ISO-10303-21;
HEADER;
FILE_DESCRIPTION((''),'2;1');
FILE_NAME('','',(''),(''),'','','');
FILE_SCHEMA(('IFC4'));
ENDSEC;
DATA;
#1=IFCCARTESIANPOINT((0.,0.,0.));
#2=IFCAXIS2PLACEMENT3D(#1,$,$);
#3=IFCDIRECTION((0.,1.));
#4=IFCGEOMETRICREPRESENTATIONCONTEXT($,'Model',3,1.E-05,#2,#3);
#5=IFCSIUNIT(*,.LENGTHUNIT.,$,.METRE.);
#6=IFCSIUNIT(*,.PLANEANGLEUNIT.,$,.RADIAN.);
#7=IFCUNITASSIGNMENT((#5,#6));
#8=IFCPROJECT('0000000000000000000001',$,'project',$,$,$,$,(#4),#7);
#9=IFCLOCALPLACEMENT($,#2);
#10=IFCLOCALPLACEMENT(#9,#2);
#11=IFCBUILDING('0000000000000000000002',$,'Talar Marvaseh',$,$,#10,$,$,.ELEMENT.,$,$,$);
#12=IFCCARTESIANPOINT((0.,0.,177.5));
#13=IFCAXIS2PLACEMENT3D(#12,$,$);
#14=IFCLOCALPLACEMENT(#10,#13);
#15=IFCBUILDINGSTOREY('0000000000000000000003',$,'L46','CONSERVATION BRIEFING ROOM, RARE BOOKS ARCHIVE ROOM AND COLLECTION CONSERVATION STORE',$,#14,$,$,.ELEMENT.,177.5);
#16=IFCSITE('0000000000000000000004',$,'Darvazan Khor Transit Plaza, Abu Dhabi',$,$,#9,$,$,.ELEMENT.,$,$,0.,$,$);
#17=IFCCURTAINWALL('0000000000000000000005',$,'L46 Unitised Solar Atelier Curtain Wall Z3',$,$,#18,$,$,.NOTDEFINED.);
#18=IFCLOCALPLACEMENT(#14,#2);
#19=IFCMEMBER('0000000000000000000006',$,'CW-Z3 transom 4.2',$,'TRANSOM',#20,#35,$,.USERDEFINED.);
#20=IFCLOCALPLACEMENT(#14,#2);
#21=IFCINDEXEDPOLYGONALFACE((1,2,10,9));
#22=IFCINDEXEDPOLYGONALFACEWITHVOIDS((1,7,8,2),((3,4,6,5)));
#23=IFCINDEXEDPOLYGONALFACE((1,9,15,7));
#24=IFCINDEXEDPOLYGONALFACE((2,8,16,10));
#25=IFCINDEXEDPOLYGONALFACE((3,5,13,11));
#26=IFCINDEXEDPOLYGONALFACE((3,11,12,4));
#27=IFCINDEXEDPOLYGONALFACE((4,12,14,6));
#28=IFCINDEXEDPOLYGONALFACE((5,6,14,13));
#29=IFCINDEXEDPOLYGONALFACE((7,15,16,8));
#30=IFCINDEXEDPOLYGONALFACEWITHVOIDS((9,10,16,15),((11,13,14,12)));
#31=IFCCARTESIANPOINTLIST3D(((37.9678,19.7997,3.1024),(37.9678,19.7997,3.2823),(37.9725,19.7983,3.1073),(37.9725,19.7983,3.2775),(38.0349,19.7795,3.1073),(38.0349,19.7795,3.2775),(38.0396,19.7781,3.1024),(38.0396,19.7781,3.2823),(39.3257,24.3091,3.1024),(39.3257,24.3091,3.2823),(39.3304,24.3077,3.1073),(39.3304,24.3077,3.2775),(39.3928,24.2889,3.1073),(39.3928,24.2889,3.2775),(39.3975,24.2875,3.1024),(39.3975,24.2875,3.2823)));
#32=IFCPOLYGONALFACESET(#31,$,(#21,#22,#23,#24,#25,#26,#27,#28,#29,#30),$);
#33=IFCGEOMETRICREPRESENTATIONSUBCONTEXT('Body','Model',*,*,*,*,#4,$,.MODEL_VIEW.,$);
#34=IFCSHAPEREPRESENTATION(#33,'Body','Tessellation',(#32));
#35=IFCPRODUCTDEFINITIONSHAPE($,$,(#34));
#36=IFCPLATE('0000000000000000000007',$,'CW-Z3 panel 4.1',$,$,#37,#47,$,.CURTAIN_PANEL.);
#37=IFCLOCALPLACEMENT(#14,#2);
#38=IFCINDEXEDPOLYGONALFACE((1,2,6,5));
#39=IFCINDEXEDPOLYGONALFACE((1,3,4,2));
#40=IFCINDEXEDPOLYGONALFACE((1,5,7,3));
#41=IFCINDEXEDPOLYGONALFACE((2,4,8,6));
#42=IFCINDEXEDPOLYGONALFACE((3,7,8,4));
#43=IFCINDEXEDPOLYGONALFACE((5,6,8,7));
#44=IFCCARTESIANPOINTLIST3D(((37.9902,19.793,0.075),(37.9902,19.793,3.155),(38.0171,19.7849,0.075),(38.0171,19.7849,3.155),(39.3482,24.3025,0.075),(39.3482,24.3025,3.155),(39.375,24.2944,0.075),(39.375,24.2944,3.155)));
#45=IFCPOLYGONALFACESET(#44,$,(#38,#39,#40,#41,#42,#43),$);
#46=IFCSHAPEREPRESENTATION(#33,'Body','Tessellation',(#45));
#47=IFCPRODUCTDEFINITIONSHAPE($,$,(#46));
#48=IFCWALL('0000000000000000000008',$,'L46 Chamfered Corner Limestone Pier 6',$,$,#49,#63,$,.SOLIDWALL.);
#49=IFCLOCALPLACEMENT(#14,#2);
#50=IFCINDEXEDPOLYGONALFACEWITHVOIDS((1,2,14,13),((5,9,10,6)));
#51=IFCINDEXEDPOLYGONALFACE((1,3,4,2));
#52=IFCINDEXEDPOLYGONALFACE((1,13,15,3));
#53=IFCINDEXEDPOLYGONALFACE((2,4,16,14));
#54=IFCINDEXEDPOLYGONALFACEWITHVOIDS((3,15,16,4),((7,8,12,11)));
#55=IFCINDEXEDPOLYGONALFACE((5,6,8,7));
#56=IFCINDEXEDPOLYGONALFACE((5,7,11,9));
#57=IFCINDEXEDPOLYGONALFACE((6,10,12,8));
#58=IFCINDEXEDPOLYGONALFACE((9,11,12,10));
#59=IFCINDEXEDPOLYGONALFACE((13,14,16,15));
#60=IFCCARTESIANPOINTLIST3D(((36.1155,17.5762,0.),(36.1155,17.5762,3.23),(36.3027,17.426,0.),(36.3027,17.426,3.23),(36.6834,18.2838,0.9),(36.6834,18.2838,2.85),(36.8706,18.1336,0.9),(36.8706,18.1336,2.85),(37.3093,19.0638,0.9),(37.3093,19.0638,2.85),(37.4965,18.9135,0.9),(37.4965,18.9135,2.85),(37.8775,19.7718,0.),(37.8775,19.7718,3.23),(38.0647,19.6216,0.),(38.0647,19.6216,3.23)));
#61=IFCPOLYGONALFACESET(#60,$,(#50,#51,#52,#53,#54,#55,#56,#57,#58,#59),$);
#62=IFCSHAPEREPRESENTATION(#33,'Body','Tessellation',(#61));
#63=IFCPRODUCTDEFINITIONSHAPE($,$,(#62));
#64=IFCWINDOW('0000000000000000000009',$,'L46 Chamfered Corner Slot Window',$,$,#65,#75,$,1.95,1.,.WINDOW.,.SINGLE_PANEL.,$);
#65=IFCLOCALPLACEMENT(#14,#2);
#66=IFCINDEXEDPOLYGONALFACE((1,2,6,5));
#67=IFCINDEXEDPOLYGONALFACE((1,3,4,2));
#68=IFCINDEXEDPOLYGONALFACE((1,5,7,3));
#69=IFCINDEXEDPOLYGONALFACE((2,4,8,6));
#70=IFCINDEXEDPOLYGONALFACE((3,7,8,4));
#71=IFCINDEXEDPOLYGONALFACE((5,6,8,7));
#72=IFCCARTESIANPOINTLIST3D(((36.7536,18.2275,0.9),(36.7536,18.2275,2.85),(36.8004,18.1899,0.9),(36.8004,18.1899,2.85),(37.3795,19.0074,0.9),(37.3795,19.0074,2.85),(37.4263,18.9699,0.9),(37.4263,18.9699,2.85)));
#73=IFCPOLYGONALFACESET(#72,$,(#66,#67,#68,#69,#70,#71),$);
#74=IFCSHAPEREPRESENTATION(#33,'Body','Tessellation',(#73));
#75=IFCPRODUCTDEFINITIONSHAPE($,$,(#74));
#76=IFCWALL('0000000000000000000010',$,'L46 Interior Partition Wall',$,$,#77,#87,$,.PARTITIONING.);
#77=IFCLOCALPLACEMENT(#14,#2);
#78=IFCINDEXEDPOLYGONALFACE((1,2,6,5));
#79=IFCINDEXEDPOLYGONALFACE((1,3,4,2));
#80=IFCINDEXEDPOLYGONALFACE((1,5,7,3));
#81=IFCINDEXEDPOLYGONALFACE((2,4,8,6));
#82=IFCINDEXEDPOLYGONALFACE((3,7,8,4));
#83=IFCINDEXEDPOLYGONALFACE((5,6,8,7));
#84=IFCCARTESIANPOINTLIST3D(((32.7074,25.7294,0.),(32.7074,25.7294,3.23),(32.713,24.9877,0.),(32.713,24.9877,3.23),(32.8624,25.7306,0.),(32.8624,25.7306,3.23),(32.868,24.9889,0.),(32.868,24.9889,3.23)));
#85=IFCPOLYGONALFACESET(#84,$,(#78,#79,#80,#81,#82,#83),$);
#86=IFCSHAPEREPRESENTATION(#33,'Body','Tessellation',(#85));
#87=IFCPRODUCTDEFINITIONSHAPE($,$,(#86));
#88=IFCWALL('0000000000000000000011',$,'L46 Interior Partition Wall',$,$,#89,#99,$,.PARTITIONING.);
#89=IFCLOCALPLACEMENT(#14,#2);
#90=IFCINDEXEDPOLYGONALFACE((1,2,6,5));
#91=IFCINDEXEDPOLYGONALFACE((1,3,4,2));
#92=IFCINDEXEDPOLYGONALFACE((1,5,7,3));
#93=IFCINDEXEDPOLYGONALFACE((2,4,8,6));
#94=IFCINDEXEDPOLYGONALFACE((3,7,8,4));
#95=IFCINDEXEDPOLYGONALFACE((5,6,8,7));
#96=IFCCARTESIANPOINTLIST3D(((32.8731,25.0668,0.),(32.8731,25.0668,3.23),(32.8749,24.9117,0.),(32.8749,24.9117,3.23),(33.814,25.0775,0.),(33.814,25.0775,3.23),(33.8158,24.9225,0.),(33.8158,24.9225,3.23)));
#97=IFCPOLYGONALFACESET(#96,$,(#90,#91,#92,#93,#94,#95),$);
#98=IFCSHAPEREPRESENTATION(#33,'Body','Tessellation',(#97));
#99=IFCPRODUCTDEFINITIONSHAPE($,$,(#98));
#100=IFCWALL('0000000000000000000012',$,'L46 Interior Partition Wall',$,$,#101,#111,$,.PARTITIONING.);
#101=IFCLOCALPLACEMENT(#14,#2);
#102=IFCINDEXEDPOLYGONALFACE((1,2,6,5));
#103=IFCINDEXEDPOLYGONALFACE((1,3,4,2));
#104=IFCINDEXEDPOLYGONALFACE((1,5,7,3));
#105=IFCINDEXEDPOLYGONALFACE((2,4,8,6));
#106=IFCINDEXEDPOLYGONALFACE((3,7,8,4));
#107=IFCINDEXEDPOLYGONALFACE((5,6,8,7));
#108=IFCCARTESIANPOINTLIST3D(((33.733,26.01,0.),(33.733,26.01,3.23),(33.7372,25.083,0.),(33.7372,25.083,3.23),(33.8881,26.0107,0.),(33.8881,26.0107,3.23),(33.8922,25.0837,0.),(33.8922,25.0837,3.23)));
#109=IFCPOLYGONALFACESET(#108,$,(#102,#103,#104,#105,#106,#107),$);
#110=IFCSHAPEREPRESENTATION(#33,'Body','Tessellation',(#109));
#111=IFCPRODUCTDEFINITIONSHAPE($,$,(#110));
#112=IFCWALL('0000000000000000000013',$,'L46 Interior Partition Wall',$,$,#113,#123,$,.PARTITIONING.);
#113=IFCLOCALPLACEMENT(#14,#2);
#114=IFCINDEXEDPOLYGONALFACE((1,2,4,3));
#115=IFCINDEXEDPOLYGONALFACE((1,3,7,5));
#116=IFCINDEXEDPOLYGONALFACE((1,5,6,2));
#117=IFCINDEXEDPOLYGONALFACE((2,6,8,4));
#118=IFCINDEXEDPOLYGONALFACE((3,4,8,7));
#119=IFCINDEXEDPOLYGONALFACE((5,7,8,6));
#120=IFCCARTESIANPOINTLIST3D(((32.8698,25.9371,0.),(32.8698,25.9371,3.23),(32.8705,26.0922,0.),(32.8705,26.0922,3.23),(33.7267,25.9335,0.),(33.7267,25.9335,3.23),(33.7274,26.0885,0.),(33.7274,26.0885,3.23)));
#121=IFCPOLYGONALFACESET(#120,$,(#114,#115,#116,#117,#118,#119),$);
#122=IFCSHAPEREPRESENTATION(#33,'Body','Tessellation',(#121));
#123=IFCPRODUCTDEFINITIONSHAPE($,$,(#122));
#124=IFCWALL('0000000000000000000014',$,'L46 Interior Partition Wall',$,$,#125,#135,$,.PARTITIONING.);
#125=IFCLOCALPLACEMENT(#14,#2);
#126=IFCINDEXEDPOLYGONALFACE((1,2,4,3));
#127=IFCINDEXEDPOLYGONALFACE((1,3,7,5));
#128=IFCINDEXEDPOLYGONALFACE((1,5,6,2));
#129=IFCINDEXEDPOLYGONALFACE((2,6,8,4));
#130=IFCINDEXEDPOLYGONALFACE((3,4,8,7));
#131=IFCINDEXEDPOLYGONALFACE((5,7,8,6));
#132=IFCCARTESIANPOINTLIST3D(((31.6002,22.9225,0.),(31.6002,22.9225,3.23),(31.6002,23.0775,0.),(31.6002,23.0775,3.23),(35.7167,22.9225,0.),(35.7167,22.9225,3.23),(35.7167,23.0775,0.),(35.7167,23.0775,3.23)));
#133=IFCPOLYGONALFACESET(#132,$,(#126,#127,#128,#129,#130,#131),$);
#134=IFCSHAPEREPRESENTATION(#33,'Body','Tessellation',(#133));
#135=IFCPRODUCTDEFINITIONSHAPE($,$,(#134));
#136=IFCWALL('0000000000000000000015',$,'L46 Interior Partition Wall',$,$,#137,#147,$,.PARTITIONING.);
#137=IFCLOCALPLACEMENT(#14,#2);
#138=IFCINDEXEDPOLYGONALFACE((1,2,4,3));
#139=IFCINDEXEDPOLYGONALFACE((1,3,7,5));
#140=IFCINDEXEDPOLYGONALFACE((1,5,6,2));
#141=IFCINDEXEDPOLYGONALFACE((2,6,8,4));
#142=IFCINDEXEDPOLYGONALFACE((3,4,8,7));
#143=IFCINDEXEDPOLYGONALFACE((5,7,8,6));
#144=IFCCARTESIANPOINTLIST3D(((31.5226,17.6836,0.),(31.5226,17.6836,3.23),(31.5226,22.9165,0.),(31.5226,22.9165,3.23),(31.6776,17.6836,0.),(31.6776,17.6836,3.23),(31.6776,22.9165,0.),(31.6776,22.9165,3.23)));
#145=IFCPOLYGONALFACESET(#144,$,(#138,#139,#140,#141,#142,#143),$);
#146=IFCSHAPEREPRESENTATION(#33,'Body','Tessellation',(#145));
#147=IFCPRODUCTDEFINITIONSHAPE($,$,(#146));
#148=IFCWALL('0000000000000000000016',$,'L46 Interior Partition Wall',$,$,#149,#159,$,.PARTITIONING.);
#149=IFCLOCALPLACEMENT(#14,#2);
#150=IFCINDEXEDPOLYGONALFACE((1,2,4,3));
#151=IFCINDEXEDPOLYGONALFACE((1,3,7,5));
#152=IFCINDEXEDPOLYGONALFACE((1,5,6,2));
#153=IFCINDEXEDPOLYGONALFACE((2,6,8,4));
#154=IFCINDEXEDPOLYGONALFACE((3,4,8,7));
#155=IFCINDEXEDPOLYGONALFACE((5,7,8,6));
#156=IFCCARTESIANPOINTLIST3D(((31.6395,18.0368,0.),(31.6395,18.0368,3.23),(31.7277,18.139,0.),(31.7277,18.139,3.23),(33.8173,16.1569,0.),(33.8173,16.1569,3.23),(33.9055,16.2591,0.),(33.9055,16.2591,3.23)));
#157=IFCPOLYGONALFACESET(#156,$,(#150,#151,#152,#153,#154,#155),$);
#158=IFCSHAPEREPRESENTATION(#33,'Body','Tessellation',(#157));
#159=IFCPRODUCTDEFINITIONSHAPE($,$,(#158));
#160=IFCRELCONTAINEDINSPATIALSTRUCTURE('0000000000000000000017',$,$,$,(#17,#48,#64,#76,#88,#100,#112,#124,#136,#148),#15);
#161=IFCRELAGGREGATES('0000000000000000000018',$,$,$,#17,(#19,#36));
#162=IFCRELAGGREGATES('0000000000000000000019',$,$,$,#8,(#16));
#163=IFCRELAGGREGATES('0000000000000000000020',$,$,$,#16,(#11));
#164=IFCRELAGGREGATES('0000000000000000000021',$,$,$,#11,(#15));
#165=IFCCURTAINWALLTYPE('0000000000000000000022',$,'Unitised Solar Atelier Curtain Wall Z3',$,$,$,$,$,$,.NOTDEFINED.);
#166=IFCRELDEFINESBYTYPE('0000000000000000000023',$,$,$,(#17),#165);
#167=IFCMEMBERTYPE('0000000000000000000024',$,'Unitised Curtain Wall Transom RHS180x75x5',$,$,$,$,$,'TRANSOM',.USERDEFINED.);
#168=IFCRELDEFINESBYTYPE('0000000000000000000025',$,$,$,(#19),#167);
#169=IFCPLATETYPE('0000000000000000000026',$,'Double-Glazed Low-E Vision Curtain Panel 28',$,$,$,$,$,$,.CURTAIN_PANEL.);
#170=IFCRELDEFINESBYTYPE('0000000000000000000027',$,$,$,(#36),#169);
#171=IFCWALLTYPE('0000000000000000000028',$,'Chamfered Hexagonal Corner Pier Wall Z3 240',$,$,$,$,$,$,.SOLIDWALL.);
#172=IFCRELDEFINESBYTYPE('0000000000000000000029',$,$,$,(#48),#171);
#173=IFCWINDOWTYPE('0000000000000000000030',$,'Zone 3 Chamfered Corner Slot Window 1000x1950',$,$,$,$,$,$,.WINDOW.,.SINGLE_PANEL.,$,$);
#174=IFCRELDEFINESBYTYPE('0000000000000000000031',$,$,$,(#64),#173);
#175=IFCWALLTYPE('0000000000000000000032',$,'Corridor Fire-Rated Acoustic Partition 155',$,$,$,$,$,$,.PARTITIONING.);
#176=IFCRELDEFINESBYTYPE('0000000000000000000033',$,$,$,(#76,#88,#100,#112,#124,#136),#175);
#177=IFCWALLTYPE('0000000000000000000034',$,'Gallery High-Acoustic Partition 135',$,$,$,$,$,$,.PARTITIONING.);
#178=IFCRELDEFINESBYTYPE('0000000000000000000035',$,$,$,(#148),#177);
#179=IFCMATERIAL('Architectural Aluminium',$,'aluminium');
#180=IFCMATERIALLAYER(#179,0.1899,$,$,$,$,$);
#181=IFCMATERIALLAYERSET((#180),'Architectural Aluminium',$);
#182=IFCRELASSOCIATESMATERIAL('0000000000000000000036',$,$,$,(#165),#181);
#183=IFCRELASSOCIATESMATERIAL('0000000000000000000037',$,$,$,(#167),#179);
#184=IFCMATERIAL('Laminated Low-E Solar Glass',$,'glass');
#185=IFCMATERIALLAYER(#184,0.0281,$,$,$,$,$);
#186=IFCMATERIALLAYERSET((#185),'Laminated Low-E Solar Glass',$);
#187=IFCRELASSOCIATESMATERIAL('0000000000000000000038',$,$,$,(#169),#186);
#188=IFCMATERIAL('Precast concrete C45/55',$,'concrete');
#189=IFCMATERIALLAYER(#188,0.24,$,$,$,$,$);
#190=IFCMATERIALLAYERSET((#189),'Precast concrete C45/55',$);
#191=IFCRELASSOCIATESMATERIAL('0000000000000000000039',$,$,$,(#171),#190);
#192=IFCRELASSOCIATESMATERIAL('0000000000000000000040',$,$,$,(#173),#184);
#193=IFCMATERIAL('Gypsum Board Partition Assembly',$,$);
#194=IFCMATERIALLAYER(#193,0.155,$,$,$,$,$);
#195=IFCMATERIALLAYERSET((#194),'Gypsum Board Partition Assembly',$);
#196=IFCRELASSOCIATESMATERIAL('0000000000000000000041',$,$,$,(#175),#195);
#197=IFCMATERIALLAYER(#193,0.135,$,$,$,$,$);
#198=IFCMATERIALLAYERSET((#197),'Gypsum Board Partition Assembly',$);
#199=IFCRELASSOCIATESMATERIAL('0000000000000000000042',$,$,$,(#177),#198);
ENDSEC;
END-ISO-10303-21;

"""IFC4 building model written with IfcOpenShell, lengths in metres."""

from ifc_helpers import new_model, si_unit, direction, frame, frame_2d, origin, origin_2d, place, context, subcontext, project, spatial, rectangle, hollow_rectangle, extrude, source, transform, mapped, material, layer, layer_set, material_profile, profile_set, type_object, type_shapes, element, fill, aggregate, save


model = new_model("IFC4")

# Units and contexts
model_context = context("Model", 3, precision=1e-05, world=origin(), true_north=direction((0.0, 1.0)))
body_context = subcontext(model_context, "Body", "Model", "MODEL_VIEW")
ifc_project = project(units=[si_unit("LENGTHUNIT", "METRE"), si_unit("PLANEANGLEUNIT", "RADIAN")], contexts=[model_context])

# Site, building, storey
site_placement = place(None, origin())
site = spatial("IfcSite", under=ifc_project, at=site_placement, Name="Darvazan Khor Transit Plaza, Abu Dhabi", CompositionType="ELEMENT", RefElevation=0.0)
building_placement = place(site_placement, origin())
building = spatial("IfcBuilding", under=site, at=building_placement, Name="Talar Marvaseh", CompositionType="ELEMENT")
storey_placement = place(building_placement, frame((0.0, 0.0, 177.5)))
storey = spatial("IfcBuildingStorey", under=building, at=storey_placement, Name="L46", Description="CONSERVATION BRIEFING ROOM, RARE BOOKS ARCHIVE ROOM AND COLLECTION CONSERVATION STORE", CompositionType="ELEMENT", Elevation=177.5)

# Curtain wall, member, plate
ifc_material_1 = material(Name="Architectural Aluminium", Category="aluminium")
ifc_layer_1 = layer(ifc_material_1, 0.1899)
ifc_layer_set_1 = layer_set([ifc_layer_1], Name="Architectural Aluminium")
curtain_wall_type = type_object("IfcCurtainWallType", Name="Unitised Solar Atelier Curtain Wall Z3", PredefinedType="NOTDEFINED", material=ifc_layer_set_1)
curtain_wall_placement = place(storey_placement, origin())
curtain_wall = element("IfcCurtainWall", 1, at=curtain_wall_placement, inside=storey, type_object=curtain_wall_type, Name="L46 Unitised Solar Atelier Curtain Wall Z3", PredefinedType="NOTDEFINED")
ifc_material_profile_1 = material_profile(ifc_material_1, hollow_rectangle(XDim=0.075, YDim=0.1799, WallThickness=0.0049, at=origin_2d()), Name="RHS180x75x5")
ifc_profile_set_1 = profile_set([ifc_material_profile_1], Name="Architectural Aluminium")
member_type_1 = type_object("IfcMemberType", Name="Unitised Curtain Wall Transom RHS180x75x5", ElementType="TRANSOM", PredefinedType="USERDEFINED", material=ifc_profile_set_1)
shared_shape_1 = source(origin(), body_context, "Body", "SweptSolid", [
    extrude(hollow_rectangle(XDim=0.075, YDim=0.1799, WallThickness=0.0049, at=origin_2d()), origin(), (0.0, 0.0, 1.0), 4.7095),
])
type_shapes(member_type_1, [shared_shape_1])
member_1_placement = place(storey_placement, frame((39.3616, 24.2983, 3.1924), z_axis=(-0.288332, -0.95753, 0.0), x_axis=(0.95753, -0.288332, 0.0)))
member_1 = element("IfcMember", 2, at=member_1_placement, type_object=member_type_1, Name="CW-Z3 transom 4.2", ObjectType="TRANSOM", PredefinedType="USERDEFINED", context=body_context, shape_type="MappedRepresentation", body=[
    mapped(shared_shape_1, transform((0.0, 0.0, 0.0), x_axis=(1.0, 0.0, 0.0), y_axis=(0.0, 1.0, 0.0), z_axis=(0.0, 0.0, 1.0), scale=1.0)),
])
ifc_material_2 = material(Name="Laminated Low-E Solar Glass", Category="glass")
ifc_layer_2 = layer(ifc_material_2, 0.0281)
ifc_layer_set_2 = layer_set([ifc_layer_2], Name="Laminated Low-E Solar Glass")
plate_type = type_object("IfcPlateType", Name="Double-Glazed Low-E Vision Curtain Panel 28", PredefinedType="CURTAIN_PANEL", material=ifc_layer_set_2)
shared_shape_2 = source(origin(), body_context, "Body", "SweptSolid", [
    extrude(rectangle(XDim=4.7095, YDim=0.0281, at=origin_2d()), origin(), (0.0, 0.0, 1.0), 3.0801),
])
type_shapes(plate_type, [shared_shape_2])
plate_placement = place(storey_placement, frame((38.6826, 22.0437, 0.075), z_axis=(0.0, 0.0, 1.0), x_axis=(-0.288347, -0.957526, 0.0)))
plate = element("IfcPlate", 3, at=plate_placement, type_object=plate_type, Name="CW-Z3 panel 4.1", PredefinedType="CURTAIN_PANEL", context=body_context, shape_type="MappedRepresentation", body=[
    mapped(shared_shape_2, transform((0.0, 0.0, 0.0), x_axis=(1.0, 0.0, 0.0), y_axis=(0.0, 1.0, 0.0), z_axis=(0.0, 0.0, 1.0), scale=1.0)),
])
aggregate(curtain_wall, [member_1, plate])

# Wall, opening, window
ifc_material_3 = material(Name="Precast concrete C45/55", Category="concrete")
ifc_layer_3 = layer(ifc_material_3, 0.24)
ifc_layer_set_3 = layer_set([ifc_layer_3], Name="Precast concrete C45/55")
wall_type_1 = type_object("IfcWallType", Name="Chamfered Hexagonal Corner Pier Wall Z3 240", PredefinedType="SOLIDWALL", material=ifc_layer_set_3)
wall_1_placement = place(storey_placement, frame((37.9712, 19.6968, 0.0), z_axis=(0.0, 0.0, 1.0), x_axis=(-0.625889, -0.779912, 0.0)))
wall_1 = element("IfcWall", 4, at=wall_1_placement, inside=storey, type_object=wall_type_1, Name="L46 Chamfered Corner Limestone Pier 6", PredefinedType="SOLIDWALL", context=body_context, shape_type="SweptSolid", body=[
    extrude(rectangle(XDim=2.8152, YDim=0.24, at=frame_2d((1.4077, 0.0))), origin(), (0.0, 0.0, 1.0), 3.23),
])
opening_1_placement = place(wall_1_placement, frame((0.908, 0.0, 0.8999)))
opening_1 = element("IfcOpeningElement", 5, at=opening_1_placement, cuts=wall_1, PredefinedType="OPENING", context=body_context, shape_type="SweptSolid", body=[
    extrude(rectangle(XDim=1.0, YDim=1.95, at=frame_2d((0.5, 0.9751))), frame((0.0, 0.1299, 0.0), z_axis=(0.0, -1.0, 0.0), x_axis=(1.0, 0.0, 0.0)), (0.0, 0.0, 1.0), 0.26),
])
window_type = type_object("IfcWindowType", Name="Zone 3 Chamfered Corner Slot Window 1000x1950", PartitioningType="SINGLE_PANEL", PredefinedType="WINDOW", material=ifc_material_2)
shared_shape_3 = source(origin(), body_context, "Body", "SweptSolid", [
    extrude(rectangle(XDim=1.0, YDim=1.95, at=frame_2d((0.5, 0.9751))), frame((0.0, 0.03, 0.0), z_axis=(0.0, -1.0, 0.0), x_axis=(1.0, 0.0, 0.0)), (0.0, 0.0, 1.0), 0.0601),
])
type_shapes(window_type, [shared_shape_3])
window_placement = place(opening_1_placement, origin())
window = element("IfcWindow", 6, at=window_placement, inside=storey, type_object=window_type, Name="L46 Chamfered Corner Slot Window", OverallHeight=1.95, OverallWidth=1.0, PartitioningType="SINGLE_PANEL", PredefinedType="WINDOW", context=body_context, shape_type="MappedRepresentation", body=[
    mapped(shared_shape_3, transform((0.0, 0.0, 0.0), x_axis=(1.0, 0.0, 0.0), y_axis=(0.0, 1.0, 0.0), z_axis=(0.0, 0.0, 1.0), scale=1.0)),
])
fill(opening_1, window)

# Walls
ifc_material_4 = material(Name="Gypsum Board Partition Assembly")
ifc_layer_4 = layer(ifc_material_4, 0.155)
ifc_layer_set_4 = layer_set([ifc_layer_4], Name="Gypsum Board Partition Assembly")
wall_type_2 = type_object("IfcWallType", Name="Corridor Fire-Rated Acoustic Partition 155", PredefinedType="PARTITIONING", material=ifc_layer_set_4)
wall_2_placement = place(storey_placement, frame((32.7849, 25.73, 0.0), z_axis=(0.0, 0.0, 1.0), x_axis=(0.007571, -0.999971, 0.0)))
element("IfcWall", 7, at=wall_2_placement, inside=storey, type_object=wall_type_2, Name="L46 Interior Partition Wall", PredefinedType="PARTITIONING", context=body_context, shape_type="SweptSolid", body=[
    extrude(rectangle(XDim=0.7417, YDim=0.155, at=frame_2d((0.3708, 0.0))), origin(), (0.0, 0.0, 1.0), 3.23),
])
wall_3_placement = place(storey_placement, frame((32.874, 24.9893, 0.0), z_axis=(0.0, 0.0, 1.0), x_axis=(0.999935, 0.011416, 0.0)))
element("IfcWall", 8, at=wall_3_placement, inside=storey, type_object=wall_type_2, Name="L46 Interior Partition Wall", PredefinedType="PARTITIONING", context=body_context, shape_type="SweptSolid", body=[
    extrude(rectangle(XDim=0.9409, YDim=0.155, at=frame_2d((0.4705, 0.0))), origin(), (0.0, 0.0, 1.0), 3.23),
])
wall_4_placement = place(storey_placement, frame((33.8147, 25.0835, 0.0), z_axis=(0.0, 0.0, 1.0), x_axis=(-0.004477, 0.99999, 0.0)))
element("IfcWall", 9, at=wall_4_placement, inside=storey, type_object=wall_type_2, Name="L46 Interior Partition Wall", PredefinedType="PARTITIONING", context=body_context, shape_type="SweptSolid", body=[
    extrude(rectangle(XDim=0.927, YDim=0.155, at=frame_2d((0.4634, 0.0))), origin(), (0.0, 0.0, 1.0), 3.23),
])
wall_5_placement = place(storey_placement, frame((33.7271, 26.011, 0.0), z_axis=(0.0, 0.0, 1.0), x_axis=(-0.999991, 0.004273, 0.0)))
element("IfcWall", 10, at=wall_5_placement, inside=storey, type_object=wall_type_2, Name="L46 Interior Partition Wall", PredefinedType="PARTITIONING", context=body_context, shape_type="SweptSolid", body=[
    extrude(rectangle(XDim=0.8569, YDim=0.155, at=frame_2d((0.4285, 0.0))), origin(), (0.0, 0.0, 1.0), 3.23),
])
wall_6_placement = place(storey_placement, frame((35.7166, 23.0, 0.0), z_axis=(0.0, 0.0, 1.0), x_axis=(-1.0, 0.0, 0.0)))
element("IfcWall", 11, at=wall_6_placement, inside=storey, type_object=wall_type_2, Name="L46 Interior Partition Wall", PredefinedType="PARTITIONING", context=body_context, shape_type="SweptSolid", body=[
    extrude(rectangle(XDim=4.1165, YDim=0.155, at=frame_2d((2.0581, 0.0))), origin(), (0.0, 0.0, 1.0), 3.23),
])
wall_7_placement = place(storey_placement, frame((31.6001, 22.9165, 0.0), z_axis=(0.0, 0.0, 1.0), x_axis=(0.0, -1.0, 0.0)))
element("IfcWall", 12, at=wall_7_placement, inside=storey, type_object=wall_type_2, Name="L46 Interior Partition Wall", PredefinedType="PARTITIONING", context=body_context, shape_type="SweptSolid", body=[
    extrude(rectangle(XDim=5.2329, YDim=0.155, at=frame_2d((2.6165, 0.0))), origin(), (0.0, 0.0, 1.0), 3.23),
])
ifc_layer_5 = layer(ifc_material_4, 0.135)
ifc_layer_set_5 = layer_set([ifc_layer_5], Name="Gypsum Board Partition Assembly")
wall_type_3 = type_object("IfcWallType", Name="Gallery High-Acoustic Partition 135", PredefinedType="PARTITIONING", material=ifc_layer_set_5)
wall_8_placement = place(storey_placement, frame((31.6836, 18.0879, 0.0), z_axis=(0.0, 0.0, 1.0), x_axis=(0.756976, -0.653443, 0.0)))
element("IfcWall", 13, at=wall_8_placement, inside=storey, type_object=wall_type_3, Name="L46 Interior Partition Wall", PredefinedType="PARTITIONING", context=body_context, shape_type="SweptSolid", body=[
    extrude(rectangle(XDim=2.877, YDim=0.135, at=frame_2d((1.4385, 0.0))), origin(), (0.0, 0.0, 1.0), 3.23),
])

save(model, "model.ifc")
